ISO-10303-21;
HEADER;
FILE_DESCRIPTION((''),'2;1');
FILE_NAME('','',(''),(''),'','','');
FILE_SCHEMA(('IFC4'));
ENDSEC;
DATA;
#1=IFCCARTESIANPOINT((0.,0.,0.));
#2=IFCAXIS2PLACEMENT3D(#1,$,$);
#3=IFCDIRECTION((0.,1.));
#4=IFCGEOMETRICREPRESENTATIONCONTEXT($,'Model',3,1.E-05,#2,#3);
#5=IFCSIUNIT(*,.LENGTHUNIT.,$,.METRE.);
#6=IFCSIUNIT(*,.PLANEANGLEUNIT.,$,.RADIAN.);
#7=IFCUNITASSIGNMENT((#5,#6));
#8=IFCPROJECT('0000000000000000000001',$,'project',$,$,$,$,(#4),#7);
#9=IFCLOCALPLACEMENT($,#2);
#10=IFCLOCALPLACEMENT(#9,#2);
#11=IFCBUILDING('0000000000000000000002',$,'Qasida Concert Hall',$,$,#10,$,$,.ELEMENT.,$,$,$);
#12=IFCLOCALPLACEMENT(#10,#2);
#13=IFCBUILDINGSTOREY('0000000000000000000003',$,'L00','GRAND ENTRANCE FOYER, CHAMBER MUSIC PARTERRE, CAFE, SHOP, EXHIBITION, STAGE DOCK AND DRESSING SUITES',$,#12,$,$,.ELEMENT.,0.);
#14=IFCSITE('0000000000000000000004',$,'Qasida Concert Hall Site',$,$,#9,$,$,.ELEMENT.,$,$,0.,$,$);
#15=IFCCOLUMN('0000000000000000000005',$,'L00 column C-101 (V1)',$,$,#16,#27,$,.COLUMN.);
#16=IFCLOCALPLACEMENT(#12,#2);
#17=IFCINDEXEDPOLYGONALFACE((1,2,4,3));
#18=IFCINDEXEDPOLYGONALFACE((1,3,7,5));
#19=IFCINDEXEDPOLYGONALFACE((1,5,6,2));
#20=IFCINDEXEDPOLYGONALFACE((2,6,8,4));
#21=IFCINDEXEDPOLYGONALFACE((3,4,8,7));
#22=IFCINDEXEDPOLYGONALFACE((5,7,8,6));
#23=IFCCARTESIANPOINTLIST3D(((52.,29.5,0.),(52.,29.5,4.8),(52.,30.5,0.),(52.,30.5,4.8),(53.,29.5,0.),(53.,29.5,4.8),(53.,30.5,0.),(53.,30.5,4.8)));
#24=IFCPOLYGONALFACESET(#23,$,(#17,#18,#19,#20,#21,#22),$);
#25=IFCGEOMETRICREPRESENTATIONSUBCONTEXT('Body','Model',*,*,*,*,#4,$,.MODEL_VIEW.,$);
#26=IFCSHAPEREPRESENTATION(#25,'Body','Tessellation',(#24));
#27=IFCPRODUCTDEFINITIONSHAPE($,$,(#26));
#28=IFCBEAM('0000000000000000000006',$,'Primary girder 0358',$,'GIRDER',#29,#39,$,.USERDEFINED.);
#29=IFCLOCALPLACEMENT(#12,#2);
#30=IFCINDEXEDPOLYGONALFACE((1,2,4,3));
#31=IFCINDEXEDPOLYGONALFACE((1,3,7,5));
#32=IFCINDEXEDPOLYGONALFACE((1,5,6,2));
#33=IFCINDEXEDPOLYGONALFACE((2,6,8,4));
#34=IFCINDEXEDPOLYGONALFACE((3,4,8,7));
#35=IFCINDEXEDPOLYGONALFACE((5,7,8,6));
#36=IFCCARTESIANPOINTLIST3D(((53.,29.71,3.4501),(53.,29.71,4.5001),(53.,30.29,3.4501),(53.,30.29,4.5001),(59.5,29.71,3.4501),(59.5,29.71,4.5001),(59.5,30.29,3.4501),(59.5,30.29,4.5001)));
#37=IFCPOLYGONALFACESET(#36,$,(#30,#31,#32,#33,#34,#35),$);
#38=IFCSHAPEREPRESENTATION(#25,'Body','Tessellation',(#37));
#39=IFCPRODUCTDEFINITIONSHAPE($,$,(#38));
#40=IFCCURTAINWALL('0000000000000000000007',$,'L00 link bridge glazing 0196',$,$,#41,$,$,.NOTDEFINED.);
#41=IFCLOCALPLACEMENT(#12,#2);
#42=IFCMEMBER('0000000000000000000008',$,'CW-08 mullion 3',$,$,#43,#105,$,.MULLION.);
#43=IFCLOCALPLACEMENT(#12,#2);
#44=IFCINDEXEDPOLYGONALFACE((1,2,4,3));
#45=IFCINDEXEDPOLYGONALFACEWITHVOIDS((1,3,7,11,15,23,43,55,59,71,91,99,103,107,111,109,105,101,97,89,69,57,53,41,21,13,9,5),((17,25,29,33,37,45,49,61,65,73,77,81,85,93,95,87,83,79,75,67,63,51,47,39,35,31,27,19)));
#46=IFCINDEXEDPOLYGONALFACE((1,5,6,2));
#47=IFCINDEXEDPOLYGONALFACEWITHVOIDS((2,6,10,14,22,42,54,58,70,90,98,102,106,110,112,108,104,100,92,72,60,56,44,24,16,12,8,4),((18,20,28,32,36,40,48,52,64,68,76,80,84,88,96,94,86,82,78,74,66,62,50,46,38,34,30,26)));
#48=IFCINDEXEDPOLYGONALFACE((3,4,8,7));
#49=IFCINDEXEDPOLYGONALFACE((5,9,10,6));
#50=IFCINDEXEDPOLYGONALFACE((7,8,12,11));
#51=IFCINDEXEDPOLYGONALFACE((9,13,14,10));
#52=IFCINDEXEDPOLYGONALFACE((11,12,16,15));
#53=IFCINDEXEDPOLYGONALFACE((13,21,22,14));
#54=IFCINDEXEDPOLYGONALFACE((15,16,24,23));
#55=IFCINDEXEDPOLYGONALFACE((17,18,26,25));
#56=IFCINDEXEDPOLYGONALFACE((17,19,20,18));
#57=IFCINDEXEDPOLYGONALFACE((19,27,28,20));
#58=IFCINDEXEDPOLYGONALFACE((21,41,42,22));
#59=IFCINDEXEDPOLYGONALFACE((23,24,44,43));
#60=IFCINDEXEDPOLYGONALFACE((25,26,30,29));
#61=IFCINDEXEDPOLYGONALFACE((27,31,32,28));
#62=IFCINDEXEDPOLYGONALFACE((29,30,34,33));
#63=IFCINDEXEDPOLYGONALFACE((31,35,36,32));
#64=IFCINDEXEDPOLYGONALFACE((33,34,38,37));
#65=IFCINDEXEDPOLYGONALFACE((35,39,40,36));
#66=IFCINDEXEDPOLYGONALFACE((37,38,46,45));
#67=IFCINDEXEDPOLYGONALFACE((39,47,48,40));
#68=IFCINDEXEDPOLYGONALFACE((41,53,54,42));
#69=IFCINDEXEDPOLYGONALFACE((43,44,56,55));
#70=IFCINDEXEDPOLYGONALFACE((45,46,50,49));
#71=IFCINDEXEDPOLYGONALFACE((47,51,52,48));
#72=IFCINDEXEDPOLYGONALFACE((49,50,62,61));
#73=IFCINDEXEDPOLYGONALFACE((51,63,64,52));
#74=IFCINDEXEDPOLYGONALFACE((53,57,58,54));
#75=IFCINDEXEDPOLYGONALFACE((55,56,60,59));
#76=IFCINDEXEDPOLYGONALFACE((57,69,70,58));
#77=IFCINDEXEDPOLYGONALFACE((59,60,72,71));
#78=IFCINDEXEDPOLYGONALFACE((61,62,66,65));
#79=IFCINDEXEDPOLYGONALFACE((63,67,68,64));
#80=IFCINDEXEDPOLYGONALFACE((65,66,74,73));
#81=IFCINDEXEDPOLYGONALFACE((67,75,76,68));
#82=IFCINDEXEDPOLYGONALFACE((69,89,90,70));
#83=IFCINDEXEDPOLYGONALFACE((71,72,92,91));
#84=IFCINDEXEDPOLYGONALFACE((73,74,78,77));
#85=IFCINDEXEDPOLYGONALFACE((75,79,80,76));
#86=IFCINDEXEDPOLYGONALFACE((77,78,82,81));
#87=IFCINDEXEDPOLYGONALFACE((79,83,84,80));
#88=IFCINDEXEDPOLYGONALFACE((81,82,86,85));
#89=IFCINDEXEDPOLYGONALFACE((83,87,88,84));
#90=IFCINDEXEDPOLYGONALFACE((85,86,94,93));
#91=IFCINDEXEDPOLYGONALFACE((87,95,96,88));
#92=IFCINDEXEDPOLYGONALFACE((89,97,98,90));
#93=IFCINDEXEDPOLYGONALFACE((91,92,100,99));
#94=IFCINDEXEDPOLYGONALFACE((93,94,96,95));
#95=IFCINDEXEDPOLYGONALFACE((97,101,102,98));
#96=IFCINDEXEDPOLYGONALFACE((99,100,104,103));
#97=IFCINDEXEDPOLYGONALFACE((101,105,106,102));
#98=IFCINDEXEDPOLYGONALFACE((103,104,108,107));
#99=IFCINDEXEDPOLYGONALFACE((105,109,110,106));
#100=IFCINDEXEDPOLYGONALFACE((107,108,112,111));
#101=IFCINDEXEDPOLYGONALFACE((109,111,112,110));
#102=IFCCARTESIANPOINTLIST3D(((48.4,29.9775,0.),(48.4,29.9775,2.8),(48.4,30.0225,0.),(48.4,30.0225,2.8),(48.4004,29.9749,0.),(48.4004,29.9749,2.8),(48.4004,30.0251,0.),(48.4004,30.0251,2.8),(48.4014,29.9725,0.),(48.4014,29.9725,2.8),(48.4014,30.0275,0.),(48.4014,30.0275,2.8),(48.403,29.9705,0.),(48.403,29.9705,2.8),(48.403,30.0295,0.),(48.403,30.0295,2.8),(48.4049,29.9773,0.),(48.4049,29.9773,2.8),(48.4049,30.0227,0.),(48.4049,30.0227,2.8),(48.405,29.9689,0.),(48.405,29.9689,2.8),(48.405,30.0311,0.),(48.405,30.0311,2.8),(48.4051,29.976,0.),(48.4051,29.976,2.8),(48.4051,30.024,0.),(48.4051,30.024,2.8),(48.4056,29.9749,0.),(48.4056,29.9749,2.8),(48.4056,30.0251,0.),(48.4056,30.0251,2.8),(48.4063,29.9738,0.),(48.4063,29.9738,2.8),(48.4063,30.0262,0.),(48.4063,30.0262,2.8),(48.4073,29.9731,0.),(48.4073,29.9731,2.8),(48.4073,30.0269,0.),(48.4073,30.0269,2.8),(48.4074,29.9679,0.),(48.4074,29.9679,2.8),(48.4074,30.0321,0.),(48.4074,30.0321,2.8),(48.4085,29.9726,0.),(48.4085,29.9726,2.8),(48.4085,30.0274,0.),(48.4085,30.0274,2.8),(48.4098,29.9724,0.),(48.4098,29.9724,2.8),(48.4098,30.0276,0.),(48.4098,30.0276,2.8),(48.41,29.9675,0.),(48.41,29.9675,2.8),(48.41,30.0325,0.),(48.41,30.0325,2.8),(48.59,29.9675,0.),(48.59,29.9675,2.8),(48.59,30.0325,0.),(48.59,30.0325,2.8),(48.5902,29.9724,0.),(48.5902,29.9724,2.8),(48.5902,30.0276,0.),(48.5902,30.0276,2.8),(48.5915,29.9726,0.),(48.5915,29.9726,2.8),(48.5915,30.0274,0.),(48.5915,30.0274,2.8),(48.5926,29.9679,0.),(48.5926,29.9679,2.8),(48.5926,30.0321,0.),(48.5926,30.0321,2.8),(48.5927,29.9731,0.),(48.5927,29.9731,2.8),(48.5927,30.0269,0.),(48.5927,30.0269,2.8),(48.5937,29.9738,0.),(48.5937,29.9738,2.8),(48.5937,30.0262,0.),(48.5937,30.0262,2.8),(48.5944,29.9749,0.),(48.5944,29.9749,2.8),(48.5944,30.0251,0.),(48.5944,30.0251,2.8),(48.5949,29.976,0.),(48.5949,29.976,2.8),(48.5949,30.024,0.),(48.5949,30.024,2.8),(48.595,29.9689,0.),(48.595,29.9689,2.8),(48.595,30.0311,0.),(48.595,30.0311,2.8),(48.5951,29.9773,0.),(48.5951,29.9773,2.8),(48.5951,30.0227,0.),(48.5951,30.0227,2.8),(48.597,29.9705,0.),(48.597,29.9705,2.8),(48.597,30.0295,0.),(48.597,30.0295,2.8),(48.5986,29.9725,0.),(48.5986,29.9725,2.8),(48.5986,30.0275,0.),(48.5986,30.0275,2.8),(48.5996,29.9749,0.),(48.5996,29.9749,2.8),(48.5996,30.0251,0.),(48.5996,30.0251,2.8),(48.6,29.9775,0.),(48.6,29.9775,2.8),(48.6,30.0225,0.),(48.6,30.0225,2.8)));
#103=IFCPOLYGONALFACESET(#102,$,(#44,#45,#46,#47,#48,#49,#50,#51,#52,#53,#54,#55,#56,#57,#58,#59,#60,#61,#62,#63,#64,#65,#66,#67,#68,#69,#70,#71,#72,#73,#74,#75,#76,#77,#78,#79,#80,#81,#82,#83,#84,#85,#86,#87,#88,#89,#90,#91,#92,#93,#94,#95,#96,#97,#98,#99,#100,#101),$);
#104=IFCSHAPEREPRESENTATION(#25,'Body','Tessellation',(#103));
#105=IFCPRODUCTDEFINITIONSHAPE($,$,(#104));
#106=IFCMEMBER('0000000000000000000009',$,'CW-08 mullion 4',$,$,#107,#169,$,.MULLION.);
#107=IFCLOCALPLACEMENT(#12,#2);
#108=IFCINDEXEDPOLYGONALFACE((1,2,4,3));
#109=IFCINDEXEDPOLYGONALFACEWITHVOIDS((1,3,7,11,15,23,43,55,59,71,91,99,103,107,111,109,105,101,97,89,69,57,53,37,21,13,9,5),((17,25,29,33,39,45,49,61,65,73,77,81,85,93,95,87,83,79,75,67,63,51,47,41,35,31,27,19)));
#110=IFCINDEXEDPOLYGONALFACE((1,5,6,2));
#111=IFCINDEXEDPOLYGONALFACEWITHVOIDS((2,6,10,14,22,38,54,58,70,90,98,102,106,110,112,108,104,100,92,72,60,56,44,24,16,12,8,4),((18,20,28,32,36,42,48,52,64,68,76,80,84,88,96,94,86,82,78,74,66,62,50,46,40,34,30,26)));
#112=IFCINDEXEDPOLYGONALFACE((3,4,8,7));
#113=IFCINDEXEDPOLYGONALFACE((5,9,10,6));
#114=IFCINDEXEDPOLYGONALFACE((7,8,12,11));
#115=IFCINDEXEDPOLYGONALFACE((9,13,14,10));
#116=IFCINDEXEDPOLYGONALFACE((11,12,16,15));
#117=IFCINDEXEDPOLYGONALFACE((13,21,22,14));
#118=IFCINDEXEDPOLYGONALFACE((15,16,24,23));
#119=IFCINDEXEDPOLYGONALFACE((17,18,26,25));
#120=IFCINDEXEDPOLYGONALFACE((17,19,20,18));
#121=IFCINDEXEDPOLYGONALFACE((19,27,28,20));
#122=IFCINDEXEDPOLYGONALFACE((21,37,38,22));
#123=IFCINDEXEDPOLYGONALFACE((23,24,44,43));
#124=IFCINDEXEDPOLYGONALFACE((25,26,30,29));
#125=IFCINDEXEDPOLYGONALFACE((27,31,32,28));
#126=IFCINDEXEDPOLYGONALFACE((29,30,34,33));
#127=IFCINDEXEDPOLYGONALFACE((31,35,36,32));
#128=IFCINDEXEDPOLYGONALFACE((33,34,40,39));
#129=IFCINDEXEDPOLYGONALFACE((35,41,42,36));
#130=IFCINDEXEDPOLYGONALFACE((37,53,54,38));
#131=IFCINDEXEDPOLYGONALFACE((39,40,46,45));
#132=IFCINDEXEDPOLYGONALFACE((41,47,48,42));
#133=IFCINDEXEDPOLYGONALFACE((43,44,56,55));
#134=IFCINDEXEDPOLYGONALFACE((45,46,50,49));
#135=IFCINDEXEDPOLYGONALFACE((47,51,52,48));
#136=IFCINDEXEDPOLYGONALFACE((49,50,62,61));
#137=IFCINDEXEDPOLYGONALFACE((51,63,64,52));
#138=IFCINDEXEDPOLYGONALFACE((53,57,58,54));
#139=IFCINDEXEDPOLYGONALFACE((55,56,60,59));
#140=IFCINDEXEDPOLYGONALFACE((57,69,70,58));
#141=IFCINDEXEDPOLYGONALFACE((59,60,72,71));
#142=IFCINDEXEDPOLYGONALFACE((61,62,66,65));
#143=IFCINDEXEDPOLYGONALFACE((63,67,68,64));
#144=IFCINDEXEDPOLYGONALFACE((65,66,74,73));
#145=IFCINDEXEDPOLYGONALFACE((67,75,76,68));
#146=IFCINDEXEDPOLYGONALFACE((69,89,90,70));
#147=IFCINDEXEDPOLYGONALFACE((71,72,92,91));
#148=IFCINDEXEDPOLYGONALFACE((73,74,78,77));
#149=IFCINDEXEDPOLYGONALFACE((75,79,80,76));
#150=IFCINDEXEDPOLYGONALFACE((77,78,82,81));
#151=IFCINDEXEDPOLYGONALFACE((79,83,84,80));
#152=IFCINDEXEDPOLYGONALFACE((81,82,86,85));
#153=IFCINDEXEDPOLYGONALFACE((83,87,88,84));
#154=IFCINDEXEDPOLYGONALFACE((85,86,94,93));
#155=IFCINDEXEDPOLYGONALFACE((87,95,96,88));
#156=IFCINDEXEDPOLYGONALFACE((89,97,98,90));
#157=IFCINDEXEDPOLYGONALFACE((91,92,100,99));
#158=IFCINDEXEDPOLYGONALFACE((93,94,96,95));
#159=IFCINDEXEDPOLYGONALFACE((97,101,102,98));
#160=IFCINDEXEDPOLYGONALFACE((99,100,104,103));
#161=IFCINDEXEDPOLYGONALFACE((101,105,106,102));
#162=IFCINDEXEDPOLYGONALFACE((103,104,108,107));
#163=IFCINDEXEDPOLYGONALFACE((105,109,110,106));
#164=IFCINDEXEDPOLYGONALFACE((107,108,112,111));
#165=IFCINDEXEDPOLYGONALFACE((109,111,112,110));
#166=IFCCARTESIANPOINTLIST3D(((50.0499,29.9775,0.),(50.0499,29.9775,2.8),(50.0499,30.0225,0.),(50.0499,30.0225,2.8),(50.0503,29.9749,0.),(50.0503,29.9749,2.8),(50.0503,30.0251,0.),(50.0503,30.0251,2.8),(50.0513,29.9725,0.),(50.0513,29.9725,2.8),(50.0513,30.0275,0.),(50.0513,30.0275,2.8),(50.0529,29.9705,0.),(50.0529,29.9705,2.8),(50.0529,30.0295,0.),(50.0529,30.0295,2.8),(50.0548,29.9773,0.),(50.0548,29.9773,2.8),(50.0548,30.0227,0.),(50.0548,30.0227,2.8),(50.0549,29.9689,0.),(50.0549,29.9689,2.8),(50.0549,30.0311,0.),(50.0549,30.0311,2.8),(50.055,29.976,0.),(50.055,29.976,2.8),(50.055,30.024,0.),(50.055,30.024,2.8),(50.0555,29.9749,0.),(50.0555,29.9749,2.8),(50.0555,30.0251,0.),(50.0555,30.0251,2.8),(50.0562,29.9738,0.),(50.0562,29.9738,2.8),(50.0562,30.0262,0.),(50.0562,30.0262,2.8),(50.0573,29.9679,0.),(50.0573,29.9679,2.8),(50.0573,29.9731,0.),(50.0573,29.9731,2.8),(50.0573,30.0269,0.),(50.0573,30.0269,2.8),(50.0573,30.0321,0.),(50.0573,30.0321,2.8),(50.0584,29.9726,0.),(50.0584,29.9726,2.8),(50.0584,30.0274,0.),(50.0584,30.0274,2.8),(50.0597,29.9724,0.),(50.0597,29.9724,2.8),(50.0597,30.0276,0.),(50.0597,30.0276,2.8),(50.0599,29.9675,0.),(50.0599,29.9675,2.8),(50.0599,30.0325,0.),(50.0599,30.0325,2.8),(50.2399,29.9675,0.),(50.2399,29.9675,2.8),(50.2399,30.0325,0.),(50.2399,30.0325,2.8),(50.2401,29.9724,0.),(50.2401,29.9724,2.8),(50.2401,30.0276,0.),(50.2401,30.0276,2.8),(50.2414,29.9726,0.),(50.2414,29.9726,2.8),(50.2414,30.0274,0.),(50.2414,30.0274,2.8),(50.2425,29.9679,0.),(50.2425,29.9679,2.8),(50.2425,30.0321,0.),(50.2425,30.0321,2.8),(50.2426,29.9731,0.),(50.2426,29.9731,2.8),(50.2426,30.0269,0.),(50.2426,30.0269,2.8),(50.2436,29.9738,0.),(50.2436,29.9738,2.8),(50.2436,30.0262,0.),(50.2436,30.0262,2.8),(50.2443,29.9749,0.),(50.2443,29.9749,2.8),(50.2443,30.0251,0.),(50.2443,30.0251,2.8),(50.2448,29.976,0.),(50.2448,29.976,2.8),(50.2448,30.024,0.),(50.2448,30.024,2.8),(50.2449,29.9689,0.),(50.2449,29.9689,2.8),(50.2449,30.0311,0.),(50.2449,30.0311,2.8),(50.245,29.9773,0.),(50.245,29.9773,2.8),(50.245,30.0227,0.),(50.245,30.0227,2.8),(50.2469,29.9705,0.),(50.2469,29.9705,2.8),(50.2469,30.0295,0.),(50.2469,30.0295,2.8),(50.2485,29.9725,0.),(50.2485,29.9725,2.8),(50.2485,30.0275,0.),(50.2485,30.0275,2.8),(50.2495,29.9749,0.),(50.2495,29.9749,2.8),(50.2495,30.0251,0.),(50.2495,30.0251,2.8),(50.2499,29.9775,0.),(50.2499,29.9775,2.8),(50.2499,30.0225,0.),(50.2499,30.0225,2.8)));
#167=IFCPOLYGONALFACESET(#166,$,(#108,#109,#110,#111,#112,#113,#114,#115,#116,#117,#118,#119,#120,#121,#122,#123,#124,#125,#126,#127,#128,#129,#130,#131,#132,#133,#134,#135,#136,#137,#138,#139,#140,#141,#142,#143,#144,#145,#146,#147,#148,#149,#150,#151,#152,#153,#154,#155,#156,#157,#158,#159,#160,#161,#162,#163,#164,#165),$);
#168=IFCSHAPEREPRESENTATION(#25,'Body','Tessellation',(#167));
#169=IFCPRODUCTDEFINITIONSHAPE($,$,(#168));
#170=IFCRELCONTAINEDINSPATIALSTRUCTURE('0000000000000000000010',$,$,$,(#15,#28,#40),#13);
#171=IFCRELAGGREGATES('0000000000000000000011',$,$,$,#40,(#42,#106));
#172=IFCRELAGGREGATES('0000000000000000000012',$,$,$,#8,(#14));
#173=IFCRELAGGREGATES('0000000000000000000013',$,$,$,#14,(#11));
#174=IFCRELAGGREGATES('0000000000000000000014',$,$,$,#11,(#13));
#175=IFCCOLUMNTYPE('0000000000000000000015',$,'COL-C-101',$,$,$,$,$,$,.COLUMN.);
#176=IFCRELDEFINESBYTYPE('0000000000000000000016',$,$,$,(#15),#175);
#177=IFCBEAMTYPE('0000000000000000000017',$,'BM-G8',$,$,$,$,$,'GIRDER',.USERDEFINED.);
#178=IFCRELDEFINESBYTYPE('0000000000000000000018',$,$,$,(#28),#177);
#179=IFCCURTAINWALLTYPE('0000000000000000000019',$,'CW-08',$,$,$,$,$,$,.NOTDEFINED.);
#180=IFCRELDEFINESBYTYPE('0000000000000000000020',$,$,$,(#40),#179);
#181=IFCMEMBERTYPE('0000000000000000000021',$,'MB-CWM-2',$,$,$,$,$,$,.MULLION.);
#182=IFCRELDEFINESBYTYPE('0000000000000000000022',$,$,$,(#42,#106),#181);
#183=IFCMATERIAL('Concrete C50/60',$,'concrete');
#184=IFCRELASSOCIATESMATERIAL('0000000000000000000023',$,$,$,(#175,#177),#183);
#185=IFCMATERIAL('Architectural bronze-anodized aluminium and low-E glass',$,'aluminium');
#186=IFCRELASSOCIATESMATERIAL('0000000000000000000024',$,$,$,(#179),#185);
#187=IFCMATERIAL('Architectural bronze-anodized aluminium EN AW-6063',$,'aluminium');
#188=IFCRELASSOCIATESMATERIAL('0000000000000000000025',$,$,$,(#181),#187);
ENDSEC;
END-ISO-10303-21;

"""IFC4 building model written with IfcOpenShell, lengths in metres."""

from ifc_helpers import new_model, si_unit, direction, frame, origin, origin_2d, place, context, subcontext, project, spatial, rectangle, hollow_rectangle, extrude, material, material_profile, profile_set, type_object, element, aggregate, save


model = new_model("IFC4")

# Units and contexts
model_context = context("Model", 3, precision=1e-05, world=origin(), true_north=direction((0.0, 1.0)))
body_context = subcontext(model_context, "Body", "Model", "MODEL_VIEW")
ifc_project = project(units=[si_unit("LENGTHUNIT", "METRE"), si_unit("PLANEANGLEUNIT", "RADIAN")], contexts=[model_context])

# Site, building, storey
site_placement = place(None, origin())
site = spatial("IfcSite", under=ifc_project, at=site_placement, Name="Qasida Concert Hall Site", CompositionType="ELEMENT", RefElevation=0.0)
building_placement = place(site_placement, origin())
building = spatial("IfcBuilding", under=site, at=building_placement, Name="Qasida Concert Hall", CompositionType="ELEMENT")
storey_placement = place(building_placement, origin())
storey = spatial("IfcBuildingStorey", under=building, at=storey_placement, Name="L00", Description="GRAND ENTRANCE FOYER, CHAMBER MUSIC PARTERRE, CAFE, SHOP, EXHIBITION, STAGE DOCK AND DRESSING SUITES", CompositionType="ELEMENT", Elevation=0.0)

# Column
ifc_material_1 = material(Name="Concrete C50/60", Category="concrete")
ifc_material_profile_1 = material_profile(ifc_material_1, rectangle(XDim=1.0, YDim=1.0, at=origin_2d()), Name="RC 1000x1000")
ifc_profile_set_1 = profile_set([ifc_material_profile_1], Name="Concrete C50/60")
column_type = type_object("IfcColumnType", Name="COL-C-101", PredefinedType="COLUMN", material=ifc_profile_set_1)
column_placement = place(storey_placement, frame((52.5, 30.0, 0.0), z_axis=(0.0, 0.0, 1.0), x_axis=(1.0, 0.0, 0.0)))
element("IfcColumn", 1, at=column_placement, inside=storey, type_object=column_type, Name="L00 column C-101 (V1)", PredefinedType="COLUMN", context=body_context, shape_type="SweptSolid", body=[
    extrude(rectangle(XDim=1.0, YDim=1.0, at=origin_2d()), origin(), (0.0, 0.0, 1.0), 4.8),
])

# Beam
ifc_material_profile_2 = material_profile(ifc_material_1, rectangle(XDim=0.5801, YDim=1.05, at=origin_2d()), Name="RC 580x1050")
ifc_profile_set_2 = profile_set([ifc_material_profile_2], Name="Concrete C50/60")
beam_type = type_object("IfcBeamType", Name="BM-G8", ElementType="GIRDER", PredefinedType="USERDEFINED", material=ifc_profile_set_2)
beam_placement = place(storey_placement, frame((53.0, 30.0, 3.9751), z_axis=(1.0, 0.0, 0.0), x_axis=(0.0, 1.0, 0.0)))
element("IfcBeam", 2, at=beam_placement, inside=storey, type_object=beam_type, Name="Primary girder 0358", ObjectType="GIRDER", PredefinedType="USERDEFINED", context=body_context, shape_type="SweptSolid", body=[
    extrude(rectangle(XDim=0.5801, YDim=1.05, at=origin_2d()), origin(), (0.0, 0.0, 1.0), 6.5),
])

# Curtain wall, members
ifc_material_2 = material(Name="Architectural bronze-anodized aluminium and low-E glass", Category="aluminium")
curtain_wall_type = type_object("IfcCurtainWallType", Name="CW-08", PredefinedType="NOTDEFINED", material=ifc_material_2)
curtain_wall_placement = place(storey_placement, origin())
curtain_wall = element("IfcCurtainWall", 3, at=curtain_wall_placement, inside=storey, type_object=curtain_wall_type, Name="L00 link bridge glazing 0196", PredefinedType="NOTDEFINED")
ifc_material_3 = material(Name="Architectural bronze-anodized aluminium EN AW-6063", Category="aluminium")
ifc_material_profile_3 = material_profile(ifc_material_3, hollow_rectangle(XDim=0.0649, YDim=0.2, WallThickness=0.0049, InnerFilletRadius=0.0049, OuterFilletRadius=0.01, at=origin_2d()), Name="CWM 200x65x5")
ifc_profile_set_3 = profile_set([ifc_material_profile_3], Name="Architectural bronze-anodized aluminium EN AW-6063")
member_type_1 = type_object("IfcMemberType", Name="MB-CWM-2", PredefinedType="MULLION", material=ifc_profile_set_3)
member_1_placement = place(storey_placement, frame((48.5, 30.0, 0.0), z_axis=(0.0, 0.0, 1.0), x_axis=(0.0, 1.0, 0.0)))
member_1 = element("IfcMember", 4, at=member_1_placement, type_object=member_type_1, Name="CW-08 mullion 3", PredefinedType="MULLION", context=body_context, shape_type="SweptSolid", body=[
    extrude(hollow_rectangle(XDim=0.0649, YDim=0.2, WallThickness=0.0049, InnerFilletRadius=0.0049, OuterFilletRadius=0.01, at=origin_2d()), origin(), (0.0, 0.0, 1.0), 2.8),
])
member_2_placement = place(storey_placement, frame((50.1499, 30.0, 0.0), z_axis=(0.0, 0.0, 1.0), x_axis=(0.0, 1.0, 0.0)))
member_2 = element("IfcMember", 5, at=member_2_placement, type_object=member_type_1, Name="CW-08 mullion 4", PredefinedType="MULLION", context=body_context, shape_type="SweptSolid", body=[
    extrude(hollow_rectangle(XDim=0.0649, YDim=0.2, WallThickness=0.0049, InnerFilletRadius=0.0049, OuterFilletRadius=0.01, at=origin_2d()), origin(), (0.0, 0.0, 1.0), 2.8),
])
aggregate(curtain_wall, [member_1, member_2])

save(model, "model.ifc")
